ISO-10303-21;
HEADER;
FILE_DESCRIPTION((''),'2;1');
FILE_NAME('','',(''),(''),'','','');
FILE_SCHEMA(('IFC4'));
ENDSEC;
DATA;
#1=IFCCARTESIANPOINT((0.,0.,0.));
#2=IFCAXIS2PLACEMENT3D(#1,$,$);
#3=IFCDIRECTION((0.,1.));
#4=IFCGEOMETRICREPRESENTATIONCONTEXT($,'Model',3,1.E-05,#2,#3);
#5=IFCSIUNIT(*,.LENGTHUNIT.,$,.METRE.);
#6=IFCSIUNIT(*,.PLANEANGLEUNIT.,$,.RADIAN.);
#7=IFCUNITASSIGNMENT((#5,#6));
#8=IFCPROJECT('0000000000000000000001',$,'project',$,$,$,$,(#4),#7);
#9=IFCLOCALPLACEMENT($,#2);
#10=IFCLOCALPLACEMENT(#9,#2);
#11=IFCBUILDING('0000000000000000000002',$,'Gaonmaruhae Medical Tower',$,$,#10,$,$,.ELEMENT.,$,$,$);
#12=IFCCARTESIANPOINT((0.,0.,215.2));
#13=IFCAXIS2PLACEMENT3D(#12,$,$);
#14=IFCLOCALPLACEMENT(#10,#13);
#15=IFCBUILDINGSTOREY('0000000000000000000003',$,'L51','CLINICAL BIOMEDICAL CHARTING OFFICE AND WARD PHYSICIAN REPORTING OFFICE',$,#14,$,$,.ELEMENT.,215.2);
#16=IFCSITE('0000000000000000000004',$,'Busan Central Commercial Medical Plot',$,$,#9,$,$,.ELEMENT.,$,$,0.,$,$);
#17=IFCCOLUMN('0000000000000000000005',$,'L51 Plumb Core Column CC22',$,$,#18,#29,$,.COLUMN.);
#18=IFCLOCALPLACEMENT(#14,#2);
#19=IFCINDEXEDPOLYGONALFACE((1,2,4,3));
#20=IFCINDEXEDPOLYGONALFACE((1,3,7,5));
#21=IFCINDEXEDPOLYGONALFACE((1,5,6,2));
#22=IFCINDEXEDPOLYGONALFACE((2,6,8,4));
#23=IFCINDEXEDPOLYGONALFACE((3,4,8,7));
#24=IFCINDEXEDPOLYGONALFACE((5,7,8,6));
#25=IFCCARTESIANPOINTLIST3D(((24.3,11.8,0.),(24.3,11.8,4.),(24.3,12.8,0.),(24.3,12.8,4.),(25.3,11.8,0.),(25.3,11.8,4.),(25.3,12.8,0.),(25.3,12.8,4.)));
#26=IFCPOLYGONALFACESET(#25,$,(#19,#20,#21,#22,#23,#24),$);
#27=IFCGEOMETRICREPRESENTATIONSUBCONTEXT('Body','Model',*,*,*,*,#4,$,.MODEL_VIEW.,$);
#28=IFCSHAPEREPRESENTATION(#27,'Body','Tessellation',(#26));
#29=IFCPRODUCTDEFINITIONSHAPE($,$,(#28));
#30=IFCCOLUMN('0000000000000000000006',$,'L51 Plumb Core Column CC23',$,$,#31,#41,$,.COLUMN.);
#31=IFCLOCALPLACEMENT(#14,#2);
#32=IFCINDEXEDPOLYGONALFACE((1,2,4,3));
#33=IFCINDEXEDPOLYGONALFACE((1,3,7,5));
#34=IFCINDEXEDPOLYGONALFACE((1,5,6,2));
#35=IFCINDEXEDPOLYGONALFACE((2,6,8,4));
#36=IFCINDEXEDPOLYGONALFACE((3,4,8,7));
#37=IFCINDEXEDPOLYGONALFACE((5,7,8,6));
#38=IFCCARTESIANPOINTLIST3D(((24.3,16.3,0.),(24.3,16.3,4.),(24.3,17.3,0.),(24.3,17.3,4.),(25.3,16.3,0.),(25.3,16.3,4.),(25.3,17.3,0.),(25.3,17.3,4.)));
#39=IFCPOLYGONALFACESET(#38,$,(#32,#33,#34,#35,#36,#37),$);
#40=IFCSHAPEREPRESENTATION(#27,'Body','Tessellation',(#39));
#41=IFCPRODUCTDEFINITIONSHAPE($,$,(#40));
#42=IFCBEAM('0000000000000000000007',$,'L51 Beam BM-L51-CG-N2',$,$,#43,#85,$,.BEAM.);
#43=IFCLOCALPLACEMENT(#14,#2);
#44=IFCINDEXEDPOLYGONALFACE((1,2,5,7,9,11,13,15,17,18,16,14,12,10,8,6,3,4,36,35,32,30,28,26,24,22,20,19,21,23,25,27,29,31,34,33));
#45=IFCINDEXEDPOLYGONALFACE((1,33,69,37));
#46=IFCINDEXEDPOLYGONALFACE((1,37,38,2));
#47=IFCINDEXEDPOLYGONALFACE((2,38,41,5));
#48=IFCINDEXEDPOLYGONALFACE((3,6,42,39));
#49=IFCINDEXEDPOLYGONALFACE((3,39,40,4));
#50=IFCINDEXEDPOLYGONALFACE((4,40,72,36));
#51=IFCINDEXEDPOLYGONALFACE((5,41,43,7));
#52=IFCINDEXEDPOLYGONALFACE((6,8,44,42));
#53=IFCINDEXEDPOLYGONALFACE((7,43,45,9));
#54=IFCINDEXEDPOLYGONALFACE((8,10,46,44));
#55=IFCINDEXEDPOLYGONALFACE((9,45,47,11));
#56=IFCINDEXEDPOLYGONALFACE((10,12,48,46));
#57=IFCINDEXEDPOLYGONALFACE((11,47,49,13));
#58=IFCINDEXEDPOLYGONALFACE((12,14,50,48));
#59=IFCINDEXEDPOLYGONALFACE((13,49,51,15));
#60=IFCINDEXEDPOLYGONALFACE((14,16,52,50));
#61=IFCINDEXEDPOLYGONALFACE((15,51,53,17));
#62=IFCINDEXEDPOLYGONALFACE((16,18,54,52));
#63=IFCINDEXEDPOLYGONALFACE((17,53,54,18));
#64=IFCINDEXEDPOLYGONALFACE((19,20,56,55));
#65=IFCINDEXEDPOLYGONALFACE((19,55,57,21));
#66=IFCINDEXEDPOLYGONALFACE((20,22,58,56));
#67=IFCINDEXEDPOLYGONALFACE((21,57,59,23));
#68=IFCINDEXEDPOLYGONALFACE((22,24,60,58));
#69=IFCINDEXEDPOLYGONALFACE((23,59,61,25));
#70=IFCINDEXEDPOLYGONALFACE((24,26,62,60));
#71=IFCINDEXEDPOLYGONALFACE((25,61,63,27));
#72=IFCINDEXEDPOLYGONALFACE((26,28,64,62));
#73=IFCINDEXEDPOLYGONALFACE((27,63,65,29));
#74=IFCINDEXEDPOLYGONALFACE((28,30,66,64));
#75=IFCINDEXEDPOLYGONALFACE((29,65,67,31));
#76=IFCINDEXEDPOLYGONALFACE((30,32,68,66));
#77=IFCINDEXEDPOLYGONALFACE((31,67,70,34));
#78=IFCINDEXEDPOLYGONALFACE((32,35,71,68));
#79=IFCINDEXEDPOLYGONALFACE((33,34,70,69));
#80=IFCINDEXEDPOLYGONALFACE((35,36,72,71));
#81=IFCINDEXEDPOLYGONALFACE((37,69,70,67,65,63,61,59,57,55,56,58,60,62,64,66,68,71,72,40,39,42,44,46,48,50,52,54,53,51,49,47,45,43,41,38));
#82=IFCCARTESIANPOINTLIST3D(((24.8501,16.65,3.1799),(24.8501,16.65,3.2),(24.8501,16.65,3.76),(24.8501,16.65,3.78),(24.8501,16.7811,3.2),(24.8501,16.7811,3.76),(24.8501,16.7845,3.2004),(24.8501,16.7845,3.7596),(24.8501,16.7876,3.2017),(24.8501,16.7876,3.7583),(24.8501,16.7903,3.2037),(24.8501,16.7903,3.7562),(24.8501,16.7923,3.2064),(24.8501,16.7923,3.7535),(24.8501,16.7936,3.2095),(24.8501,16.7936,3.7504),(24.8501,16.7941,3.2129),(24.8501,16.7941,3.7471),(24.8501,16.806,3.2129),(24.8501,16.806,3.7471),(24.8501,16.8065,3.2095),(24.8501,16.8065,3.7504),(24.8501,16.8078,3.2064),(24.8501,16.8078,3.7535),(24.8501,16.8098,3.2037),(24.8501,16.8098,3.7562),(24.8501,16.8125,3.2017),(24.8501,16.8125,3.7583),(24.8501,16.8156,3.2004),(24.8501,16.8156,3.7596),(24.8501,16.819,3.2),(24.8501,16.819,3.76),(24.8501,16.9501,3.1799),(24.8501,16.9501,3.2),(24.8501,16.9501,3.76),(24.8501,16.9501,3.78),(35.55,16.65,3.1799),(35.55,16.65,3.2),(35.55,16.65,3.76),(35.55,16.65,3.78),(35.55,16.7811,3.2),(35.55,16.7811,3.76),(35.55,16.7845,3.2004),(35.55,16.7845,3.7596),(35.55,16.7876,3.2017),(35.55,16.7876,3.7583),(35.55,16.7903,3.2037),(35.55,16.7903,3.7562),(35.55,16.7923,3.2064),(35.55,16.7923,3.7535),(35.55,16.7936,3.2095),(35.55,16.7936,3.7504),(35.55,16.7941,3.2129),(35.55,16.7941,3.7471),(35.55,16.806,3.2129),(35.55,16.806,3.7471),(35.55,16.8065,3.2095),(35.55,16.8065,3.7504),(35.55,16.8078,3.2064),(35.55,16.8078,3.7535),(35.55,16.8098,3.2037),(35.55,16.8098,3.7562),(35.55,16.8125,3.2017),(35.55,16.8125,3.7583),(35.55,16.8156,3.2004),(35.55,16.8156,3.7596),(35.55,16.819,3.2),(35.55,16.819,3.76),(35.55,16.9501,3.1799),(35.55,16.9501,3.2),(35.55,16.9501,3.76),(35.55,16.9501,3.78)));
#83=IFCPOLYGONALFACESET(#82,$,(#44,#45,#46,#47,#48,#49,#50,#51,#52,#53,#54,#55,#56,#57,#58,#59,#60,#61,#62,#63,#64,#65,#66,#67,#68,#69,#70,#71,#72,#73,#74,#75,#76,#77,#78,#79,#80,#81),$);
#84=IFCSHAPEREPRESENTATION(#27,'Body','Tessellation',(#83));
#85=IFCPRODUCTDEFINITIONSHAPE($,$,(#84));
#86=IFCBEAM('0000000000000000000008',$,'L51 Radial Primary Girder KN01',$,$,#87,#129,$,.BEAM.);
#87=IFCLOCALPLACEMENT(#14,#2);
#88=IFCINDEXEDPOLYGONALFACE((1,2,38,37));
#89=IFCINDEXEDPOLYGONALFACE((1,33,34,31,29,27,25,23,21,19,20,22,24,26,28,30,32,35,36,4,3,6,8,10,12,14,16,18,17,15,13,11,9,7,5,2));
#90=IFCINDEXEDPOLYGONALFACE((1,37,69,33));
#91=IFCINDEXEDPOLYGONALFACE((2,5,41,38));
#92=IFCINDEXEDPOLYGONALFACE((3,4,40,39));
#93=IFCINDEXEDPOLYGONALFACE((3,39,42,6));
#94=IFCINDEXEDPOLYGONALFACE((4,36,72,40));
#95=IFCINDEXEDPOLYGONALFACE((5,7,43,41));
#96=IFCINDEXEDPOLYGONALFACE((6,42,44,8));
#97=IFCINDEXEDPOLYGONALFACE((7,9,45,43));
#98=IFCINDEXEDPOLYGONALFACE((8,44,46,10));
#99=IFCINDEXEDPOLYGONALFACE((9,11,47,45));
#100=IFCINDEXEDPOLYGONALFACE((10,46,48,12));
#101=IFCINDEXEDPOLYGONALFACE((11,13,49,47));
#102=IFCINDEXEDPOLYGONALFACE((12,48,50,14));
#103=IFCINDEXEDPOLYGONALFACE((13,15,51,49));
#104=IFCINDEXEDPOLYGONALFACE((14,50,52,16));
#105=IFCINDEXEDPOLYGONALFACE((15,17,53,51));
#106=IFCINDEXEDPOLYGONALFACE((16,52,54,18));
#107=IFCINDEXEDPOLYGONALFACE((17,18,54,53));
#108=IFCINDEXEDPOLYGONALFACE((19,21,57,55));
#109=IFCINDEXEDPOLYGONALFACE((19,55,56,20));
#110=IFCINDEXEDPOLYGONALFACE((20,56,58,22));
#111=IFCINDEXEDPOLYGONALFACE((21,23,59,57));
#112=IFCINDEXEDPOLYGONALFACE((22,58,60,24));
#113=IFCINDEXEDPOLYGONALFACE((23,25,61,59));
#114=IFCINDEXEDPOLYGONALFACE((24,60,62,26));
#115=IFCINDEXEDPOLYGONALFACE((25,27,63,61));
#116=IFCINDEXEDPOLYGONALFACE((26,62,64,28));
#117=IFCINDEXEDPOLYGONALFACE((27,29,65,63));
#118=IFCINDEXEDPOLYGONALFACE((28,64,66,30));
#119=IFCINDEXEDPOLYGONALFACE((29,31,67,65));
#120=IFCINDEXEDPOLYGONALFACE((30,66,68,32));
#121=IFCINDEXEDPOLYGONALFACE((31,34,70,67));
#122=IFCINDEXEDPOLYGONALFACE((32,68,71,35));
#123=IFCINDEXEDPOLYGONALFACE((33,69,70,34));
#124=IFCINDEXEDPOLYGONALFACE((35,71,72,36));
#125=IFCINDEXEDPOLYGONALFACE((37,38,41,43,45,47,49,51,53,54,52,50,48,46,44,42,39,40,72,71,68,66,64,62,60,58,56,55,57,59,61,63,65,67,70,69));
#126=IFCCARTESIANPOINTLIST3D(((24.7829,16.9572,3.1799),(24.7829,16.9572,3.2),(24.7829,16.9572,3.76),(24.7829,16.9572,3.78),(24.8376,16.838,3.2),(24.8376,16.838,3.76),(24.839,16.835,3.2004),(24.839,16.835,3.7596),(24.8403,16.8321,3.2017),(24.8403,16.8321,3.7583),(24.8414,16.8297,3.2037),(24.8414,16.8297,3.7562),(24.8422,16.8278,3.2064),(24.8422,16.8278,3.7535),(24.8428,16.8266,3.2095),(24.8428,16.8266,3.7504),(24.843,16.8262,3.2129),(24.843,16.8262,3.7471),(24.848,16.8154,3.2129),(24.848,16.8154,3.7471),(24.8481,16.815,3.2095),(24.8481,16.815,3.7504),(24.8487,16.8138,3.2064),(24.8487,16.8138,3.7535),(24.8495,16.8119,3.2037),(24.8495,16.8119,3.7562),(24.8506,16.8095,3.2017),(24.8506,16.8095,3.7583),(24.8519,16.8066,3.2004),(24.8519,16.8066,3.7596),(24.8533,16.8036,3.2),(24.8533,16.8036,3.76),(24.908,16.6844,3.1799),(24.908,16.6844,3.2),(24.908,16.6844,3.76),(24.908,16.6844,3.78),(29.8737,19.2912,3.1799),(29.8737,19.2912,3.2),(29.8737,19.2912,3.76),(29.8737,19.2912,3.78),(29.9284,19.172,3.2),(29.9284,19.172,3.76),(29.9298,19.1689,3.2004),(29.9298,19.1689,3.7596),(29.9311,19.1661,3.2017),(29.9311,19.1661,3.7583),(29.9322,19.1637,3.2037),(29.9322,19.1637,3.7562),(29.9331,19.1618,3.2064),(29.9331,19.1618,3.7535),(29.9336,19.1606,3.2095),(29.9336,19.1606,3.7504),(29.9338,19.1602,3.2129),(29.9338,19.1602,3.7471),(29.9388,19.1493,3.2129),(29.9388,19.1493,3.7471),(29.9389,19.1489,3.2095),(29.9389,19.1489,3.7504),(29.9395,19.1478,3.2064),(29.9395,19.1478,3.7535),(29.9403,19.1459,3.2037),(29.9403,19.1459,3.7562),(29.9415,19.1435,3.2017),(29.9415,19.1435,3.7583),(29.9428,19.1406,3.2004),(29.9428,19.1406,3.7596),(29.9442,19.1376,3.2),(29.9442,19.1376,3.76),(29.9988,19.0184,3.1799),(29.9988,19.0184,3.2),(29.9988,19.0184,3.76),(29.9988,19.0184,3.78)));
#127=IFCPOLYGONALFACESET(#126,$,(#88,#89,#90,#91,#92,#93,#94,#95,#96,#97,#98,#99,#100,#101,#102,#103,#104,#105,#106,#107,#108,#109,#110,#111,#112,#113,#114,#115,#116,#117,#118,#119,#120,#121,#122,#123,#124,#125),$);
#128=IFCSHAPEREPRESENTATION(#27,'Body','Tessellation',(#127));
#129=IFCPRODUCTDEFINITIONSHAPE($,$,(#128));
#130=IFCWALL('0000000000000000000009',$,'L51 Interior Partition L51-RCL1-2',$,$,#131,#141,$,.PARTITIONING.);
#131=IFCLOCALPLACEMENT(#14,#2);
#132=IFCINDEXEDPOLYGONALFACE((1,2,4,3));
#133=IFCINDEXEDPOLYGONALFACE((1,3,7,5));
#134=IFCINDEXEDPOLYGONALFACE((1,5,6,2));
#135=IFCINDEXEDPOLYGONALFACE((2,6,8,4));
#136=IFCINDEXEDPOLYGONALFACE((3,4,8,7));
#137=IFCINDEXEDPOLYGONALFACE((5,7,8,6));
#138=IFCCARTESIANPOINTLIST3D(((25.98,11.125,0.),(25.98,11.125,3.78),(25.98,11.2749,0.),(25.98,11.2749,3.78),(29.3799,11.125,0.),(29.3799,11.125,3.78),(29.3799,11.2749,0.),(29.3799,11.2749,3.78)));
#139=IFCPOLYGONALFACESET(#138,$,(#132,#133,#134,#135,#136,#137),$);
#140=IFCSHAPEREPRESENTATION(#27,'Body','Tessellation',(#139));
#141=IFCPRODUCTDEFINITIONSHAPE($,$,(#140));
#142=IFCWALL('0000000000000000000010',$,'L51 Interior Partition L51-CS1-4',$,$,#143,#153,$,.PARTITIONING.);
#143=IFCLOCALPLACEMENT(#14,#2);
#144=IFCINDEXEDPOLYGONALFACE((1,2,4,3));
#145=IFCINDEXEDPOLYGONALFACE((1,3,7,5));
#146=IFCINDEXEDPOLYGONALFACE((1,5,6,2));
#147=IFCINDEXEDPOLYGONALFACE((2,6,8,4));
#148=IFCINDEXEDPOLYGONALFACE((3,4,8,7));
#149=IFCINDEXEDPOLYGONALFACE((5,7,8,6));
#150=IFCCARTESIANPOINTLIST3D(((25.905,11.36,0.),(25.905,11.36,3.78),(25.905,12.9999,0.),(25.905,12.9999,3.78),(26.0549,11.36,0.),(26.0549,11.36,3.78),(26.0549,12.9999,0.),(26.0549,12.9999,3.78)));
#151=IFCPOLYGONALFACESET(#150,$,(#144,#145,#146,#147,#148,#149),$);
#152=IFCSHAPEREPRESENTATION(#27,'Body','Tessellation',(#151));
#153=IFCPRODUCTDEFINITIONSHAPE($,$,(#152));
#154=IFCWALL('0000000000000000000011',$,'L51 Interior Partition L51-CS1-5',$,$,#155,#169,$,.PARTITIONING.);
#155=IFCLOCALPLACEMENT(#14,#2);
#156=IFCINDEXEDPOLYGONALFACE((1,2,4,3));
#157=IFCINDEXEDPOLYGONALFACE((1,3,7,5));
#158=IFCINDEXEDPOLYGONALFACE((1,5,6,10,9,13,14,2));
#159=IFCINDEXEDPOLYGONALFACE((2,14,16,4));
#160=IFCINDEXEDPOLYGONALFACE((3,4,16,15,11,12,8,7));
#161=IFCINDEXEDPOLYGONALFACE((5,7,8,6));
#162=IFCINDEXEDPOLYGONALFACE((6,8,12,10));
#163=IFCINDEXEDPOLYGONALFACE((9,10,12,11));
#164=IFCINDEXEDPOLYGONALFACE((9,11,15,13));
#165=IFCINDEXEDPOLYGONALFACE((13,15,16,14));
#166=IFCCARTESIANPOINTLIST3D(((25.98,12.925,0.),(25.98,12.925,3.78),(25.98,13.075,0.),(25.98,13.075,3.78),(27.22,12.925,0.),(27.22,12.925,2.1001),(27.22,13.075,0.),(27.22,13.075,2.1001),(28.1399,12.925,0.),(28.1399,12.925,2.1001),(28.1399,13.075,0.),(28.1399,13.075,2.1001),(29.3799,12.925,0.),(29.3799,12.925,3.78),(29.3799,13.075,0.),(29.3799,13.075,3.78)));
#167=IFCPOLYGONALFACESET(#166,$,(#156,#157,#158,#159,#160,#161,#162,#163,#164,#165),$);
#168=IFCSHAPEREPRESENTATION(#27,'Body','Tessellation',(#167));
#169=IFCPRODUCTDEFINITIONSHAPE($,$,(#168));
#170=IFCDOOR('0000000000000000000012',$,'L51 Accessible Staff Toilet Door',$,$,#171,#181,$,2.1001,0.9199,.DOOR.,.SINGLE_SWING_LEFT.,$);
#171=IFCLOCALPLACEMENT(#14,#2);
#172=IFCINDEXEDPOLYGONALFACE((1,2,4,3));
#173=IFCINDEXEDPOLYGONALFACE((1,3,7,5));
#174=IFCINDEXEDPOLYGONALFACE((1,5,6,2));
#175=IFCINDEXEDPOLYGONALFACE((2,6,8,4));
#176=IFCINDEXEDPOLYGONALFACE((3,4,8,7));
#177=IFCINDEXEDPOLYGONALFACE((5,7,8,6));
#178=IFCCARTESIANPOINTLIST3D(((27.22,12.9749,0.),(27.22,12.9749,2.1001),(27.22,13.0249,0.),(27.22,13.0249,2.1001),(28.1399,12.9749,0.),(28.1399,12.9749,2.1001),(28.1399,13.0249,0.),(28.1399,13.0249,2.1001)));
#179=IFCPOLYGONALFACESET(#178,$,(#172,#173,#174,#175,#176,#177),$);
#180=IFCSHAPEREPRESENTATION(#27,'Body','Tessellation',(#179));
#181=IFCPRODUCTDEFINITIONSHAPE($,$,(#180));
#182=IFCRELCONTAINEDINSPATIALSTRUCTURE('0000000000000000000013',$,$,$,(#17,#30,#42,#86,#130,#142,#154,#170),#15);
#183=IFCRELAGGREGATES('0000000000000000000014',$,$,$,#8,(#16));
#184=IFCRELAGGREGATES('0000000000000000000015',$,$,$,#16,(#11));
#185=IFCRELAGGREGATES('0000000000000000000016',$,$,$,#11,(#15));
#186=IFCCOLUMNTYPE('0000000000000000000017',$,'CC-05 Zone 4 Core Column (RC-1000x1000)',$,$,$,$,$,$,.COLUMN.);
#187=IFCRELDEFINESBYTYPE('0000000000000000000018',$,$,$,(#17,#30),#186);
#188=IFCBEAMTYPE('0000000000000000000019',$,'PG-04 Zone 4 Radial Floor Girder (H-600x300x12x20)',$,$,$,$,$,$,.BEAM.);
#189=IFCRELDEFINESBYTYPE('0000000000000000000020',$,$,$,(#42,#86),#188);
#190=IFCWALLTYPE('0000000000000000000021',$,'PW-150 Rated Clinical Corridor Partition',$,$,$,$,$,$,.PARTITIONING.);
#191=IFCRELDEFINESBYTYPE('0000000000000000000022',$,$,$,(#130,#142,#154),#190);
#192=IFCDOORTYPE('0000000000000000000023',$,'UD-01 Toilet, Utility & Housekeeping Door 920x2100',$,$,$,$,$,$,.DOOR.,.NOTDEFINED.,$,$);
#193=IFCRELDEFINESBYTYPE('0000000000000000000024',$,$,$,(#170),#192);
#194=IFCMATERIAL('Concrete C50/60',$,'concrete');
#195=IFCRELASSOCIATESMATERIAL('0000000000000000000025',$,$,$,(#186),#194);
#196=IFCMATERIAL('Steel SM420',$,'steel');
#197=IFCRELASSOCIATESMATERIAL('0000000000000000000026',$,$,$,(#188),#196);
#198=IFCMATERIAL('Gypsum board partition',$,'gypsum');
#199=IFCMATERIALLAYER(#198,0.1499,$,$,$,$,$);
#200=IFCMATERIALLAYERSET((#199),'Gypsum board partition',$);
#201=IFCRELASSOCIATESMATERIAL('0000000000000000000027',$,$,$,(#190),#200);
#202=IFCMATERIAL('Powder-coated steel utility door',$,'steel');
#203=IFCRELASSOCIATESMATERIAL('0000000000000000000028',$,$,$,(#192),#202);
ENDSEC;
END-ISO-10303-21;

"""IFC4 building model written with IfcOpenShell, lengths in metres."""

from ifc_helpers import new_model, si_unit, direction, frame, frame_2d, origin, origin_2d, place, context, subcontext, project, spatial, rectangle, i_section, extrude, material, layer, layer_set, material_profile, profile_set, type_object, element, fill, save


model = new_model("IFC4")

# Units and contexts
model_context = context("Model", 3, precision=1e-05, world=origin(), true_north=direction((0.0, 1.0)))
body_context = subcontext(model_context, "Body", "Model", "MODEL_VIEW")
ifc_project = project(units=[si_unit("LENGTHUNIT", "METRE"), si_unit("PLANEANGLEUNIT", "RADIAN")], contexts=[model_context])

# Site, building, storey
site_placement = place(None, origin())
site = spatial("IfcSite", under=ifc_project, at=site_placement, Name="Busan Central Commercial Medical Plot", CompositionType="ELEMENT", RefElevation=0.0)
building_placement = place(site_placement, origin())
building = spatial("IfcBuilding", under=site, at=building_placement, Name="Gaonmaruhae Medical Tower", CompositionType="ELEMENT")
storey_placement = place(building_placement, frame((0.0, 0.0, 215.2)))
storey = spatial("IfcBuildingStorey", under=building, at=storey_placement, Name="L51", Description="CLINICAL BIOMEDICAL CHARTING OFFICE AND WARD PHYSICIAN REPORTING OFFICE", CompositionType="ELEMENT", Elevation=215.2)

# Columns
ifc_material_1 = material(Name="Concrete C50/60", Category="concrete")
ifc_material_profile_1 = material_profile(ifc_material_1, rectangle(XDim=1.0, YDim=1.0, at=origin_2d()), Name="RC-1000x1000")
ifc_profile_set_1 = profile_set([ifc_material_profile_1], Name="Concrete C50/60")
column_type = type_object("IfcColumnType", Name="CC-05 Zone 4 Core Column (RC-1000x1000)", PredefinedType="COLUMN", material=ifc_profile_set_1)
for number, where, z_axis, x_axis, name in (
    (1, (24.8, 12.3, 0.0), (0.0, 0.0, 1.0), (1.0, 0.0, 0.0), "L51 Plumb Core Column CC22"),
    (2, (24.8, 16.8, 0.0), (0.0, 0.0, 1.0), (1.0, 0.0, 0.0), "L51 Plumb Core Column CC23"),
):
    element("IfcColumn", number, at=place(storey_placement, frame(where, z_axis=z_axis, x_axis=x_axis)), inside=storey, type_object=column_type, Name=name, PredefinedType="COLUMN", context=body_context, shape_type="SweptSolid", body=[
        extrude(rectangle(XDim=1.0, YDim=1.0, at=origin_2d()), origin(), (0.0, 0.0, 1.0), 4.0),
    ])

# Beams
ifc_material_2 = material(Name="Steel SM420", Category="steel")
ifc_material_profile_2 = material_profile(ifc_material_2, i_section(OverallWidth=0.3, OverallDepth=0.6001, WebThickness=0.012, FlangeThickness=0.02, FilletRadius=0.0129, at=origin_2d()), Name="H-600x300x12x20")
ifc_profile_set_2 = profile_set([ifc_material_profile_2], Name="Steel SM420")
beam_type = type_object("IfcBeamType", Name="PG-04 Zone 4 Radial Floor Girder (H-600x300x12x20)", PredefinedType="BEAM", material=ifc_profile_set_2)
beam_1_placement = place(storey_placement, frame((24.8501, 16.8, 3.48), z_axis=(1.0, 0.0, 0.0), x_axis=(0.0, 1.0, 0.0)))
element("IfcBeam", 3, at=beam_1_placement, inside=storey, type_object=beam_type, Name="L51 Beam BM-L51-CG-N2", PredefinedType="BEAM", context=body_context, shape_type="SweptSolid", body=[
    extrude(i_section(OverallWidth=0.3, OverallDepth=0.6001, WebThickness=0.012, FlangeThickness=0.02, FilletRadius=0.0129, at=origin_2d()), origin(), (0.0, 0.0, 1.0), 10.7),
])
beam_2_placement = place(storey_placement, frame((24.8455, 16.8208, 3.48), z_axis=(0.909018, 0.416757, 0.0), x_axis=(-0.416757, 0.909018, 0.0)))
element("IfcBeam", 4, at=beam_2_placement, inside=storey, type_object=beam_type, Name="L51 Radial Primary Girder KN01", PredefinedType="BEAM", context=body_context, shape_type="SweptSolid", body=[
    extrude(i_section(OverallWidth=0.3, OverallDepth=0.6001, WebThickness=0.012, FlangeThickness=0.02, FilletRadius=0.0129, at=origin_2d()), origin(), (0.0, 0.0, 1.0), 5.6003),
])

# Walls
ifc_material_3 = material(Name="Gypsum board partition", Category="gypsum")
ifc_layer_1 = layer(ifc_material_3, 0.1499)
ifc_layer_set_1 = layer_set([ifc_layer_1], Name="Gypsum board partition")
wall_type_1 = type_object("IfcWallType", Name="PW-150 Rated Clinical Corridor Partition", PredefinedType="PARTITIONING", material=ifc_layer_set_1)
wall_1_placement = place(storey_placement, frame((25.98, 11.2, 0.0), z_axis=(0.0, 0.0, 1.0), x_axis=(1.0, 0.0, 0.0)))
element("IfcWall", 5, at=wall_1_placement, inside=storey, type_object=wall_type_1, Name="L51 Interior Partition L51-RCL1-2", PredefinedType="PARTITIONING", context=body_context, shape_type="SweptSolid", body=[
    extrude(rectangle(XDim=3.3999, YDim=0.1499, at=frame_2d((1.7, 0.0))), origin(), (0.0, 0.0, 1.0), 3.78),
])
wall_2_placement = place(storey_placement, frame((25.98, 11.3601, 0.0), z_axis=(0.0, 0.0, 1.0), x_axis=(0.0, 1.0, 0.0)))
element("IfcWall", 6, at=wall_2_placement, inside=storey, type_object=wall_type_1, Name="L51 Interior Partition L51-CS1-4", PredefinedType="PARTITIONING", context=body_context, shape_type="SweptSolid", body=[
    extrude(rectangle(XDim=1.6399, YDim=0.1499, at=frame_2d((0.8198, 0.0))), origin(), (0.0, 0.0, 1.0), 3.78),
])

# Wall, opening, door
wall_3_placement = place(storey_placement, frame((25.98, 13.0, 0.0), z_axis=(0.0, 0.0, 1.0), x_axis=(1.0, 0.0, 0.0)))
wall_3 = element("IfcWall", 7, at=wall_3_placement, inside=storey, type_object=wall_type_1, Name="L51 Interior Partition L51-CS1-5", PredefinedType="PARTITIONING", context=body_context, shape_type="SweptSolid", body=[
    extrude(rectangle(XDim=3.3999, YDim=0.1499, at=frame_2d((1.7, 0.0))), origin(), (0.0, 0.0, 1.0), 3.78),
])
opening_1_placement = place(wall_3_placement, frame((1.24, 0.0, 0.0)))
opening_1 = element("IfcOpeningElement", 8, at=opening_1_placement, cuts=wall_3, PredefinedType="OPENING", context=body_context, shape_type="SweptSolid", body=[
    extrude(rectangle(XDim=0.9199, YDim=2.1001, at=frame_2d((0.46, 1.05))), frame((0.0, 0.085, 0.0), z_axis=(0.0, -1.0, 0.0), x_axis=(1.0, 0.0, 0.0)), (0.0, 0.0, 1.0), 0.1699),
])
ifc_material_4 = material(Name="Powder-coated steel utility door", Category="steel")
door_type_1 = type_object("IfcDoorType", Name="UD-01 Toilet, Utility & Housekeeping Door 920x2100", OperationType="NOTDEFINED", PredefinedType="DOOR", material=ifc_material_4)
door_1_placement = place(opening_1_placement, origin())
door_1 = element("IfcDoor", 9, at=door_1_placement, inside=storey, type_object=door_type_1, Name="L51 Accessible Staff Toilet Door", OperationType="SINGLE_SWING_LEFT", OverallHeight=2.1001, OverallWidth=0.9199, PredefinedType="DOOR", context=body_context, shape_type="SweptSolid", body=[
    extrude(rectangle(XDim=0.9199, YDim=2.1001, at=frame_2d((0.46, 1.05))), frame((0.0, 0.0249, 0.0), z_axis=(0.0, -1.0, 0.0), x_axis=(1.0, 0.0, 0.0)), (0.0, 0.0, 1.0), 0.05),
])
fill(opening_1, door_1)

save(model, "model.ifc")
